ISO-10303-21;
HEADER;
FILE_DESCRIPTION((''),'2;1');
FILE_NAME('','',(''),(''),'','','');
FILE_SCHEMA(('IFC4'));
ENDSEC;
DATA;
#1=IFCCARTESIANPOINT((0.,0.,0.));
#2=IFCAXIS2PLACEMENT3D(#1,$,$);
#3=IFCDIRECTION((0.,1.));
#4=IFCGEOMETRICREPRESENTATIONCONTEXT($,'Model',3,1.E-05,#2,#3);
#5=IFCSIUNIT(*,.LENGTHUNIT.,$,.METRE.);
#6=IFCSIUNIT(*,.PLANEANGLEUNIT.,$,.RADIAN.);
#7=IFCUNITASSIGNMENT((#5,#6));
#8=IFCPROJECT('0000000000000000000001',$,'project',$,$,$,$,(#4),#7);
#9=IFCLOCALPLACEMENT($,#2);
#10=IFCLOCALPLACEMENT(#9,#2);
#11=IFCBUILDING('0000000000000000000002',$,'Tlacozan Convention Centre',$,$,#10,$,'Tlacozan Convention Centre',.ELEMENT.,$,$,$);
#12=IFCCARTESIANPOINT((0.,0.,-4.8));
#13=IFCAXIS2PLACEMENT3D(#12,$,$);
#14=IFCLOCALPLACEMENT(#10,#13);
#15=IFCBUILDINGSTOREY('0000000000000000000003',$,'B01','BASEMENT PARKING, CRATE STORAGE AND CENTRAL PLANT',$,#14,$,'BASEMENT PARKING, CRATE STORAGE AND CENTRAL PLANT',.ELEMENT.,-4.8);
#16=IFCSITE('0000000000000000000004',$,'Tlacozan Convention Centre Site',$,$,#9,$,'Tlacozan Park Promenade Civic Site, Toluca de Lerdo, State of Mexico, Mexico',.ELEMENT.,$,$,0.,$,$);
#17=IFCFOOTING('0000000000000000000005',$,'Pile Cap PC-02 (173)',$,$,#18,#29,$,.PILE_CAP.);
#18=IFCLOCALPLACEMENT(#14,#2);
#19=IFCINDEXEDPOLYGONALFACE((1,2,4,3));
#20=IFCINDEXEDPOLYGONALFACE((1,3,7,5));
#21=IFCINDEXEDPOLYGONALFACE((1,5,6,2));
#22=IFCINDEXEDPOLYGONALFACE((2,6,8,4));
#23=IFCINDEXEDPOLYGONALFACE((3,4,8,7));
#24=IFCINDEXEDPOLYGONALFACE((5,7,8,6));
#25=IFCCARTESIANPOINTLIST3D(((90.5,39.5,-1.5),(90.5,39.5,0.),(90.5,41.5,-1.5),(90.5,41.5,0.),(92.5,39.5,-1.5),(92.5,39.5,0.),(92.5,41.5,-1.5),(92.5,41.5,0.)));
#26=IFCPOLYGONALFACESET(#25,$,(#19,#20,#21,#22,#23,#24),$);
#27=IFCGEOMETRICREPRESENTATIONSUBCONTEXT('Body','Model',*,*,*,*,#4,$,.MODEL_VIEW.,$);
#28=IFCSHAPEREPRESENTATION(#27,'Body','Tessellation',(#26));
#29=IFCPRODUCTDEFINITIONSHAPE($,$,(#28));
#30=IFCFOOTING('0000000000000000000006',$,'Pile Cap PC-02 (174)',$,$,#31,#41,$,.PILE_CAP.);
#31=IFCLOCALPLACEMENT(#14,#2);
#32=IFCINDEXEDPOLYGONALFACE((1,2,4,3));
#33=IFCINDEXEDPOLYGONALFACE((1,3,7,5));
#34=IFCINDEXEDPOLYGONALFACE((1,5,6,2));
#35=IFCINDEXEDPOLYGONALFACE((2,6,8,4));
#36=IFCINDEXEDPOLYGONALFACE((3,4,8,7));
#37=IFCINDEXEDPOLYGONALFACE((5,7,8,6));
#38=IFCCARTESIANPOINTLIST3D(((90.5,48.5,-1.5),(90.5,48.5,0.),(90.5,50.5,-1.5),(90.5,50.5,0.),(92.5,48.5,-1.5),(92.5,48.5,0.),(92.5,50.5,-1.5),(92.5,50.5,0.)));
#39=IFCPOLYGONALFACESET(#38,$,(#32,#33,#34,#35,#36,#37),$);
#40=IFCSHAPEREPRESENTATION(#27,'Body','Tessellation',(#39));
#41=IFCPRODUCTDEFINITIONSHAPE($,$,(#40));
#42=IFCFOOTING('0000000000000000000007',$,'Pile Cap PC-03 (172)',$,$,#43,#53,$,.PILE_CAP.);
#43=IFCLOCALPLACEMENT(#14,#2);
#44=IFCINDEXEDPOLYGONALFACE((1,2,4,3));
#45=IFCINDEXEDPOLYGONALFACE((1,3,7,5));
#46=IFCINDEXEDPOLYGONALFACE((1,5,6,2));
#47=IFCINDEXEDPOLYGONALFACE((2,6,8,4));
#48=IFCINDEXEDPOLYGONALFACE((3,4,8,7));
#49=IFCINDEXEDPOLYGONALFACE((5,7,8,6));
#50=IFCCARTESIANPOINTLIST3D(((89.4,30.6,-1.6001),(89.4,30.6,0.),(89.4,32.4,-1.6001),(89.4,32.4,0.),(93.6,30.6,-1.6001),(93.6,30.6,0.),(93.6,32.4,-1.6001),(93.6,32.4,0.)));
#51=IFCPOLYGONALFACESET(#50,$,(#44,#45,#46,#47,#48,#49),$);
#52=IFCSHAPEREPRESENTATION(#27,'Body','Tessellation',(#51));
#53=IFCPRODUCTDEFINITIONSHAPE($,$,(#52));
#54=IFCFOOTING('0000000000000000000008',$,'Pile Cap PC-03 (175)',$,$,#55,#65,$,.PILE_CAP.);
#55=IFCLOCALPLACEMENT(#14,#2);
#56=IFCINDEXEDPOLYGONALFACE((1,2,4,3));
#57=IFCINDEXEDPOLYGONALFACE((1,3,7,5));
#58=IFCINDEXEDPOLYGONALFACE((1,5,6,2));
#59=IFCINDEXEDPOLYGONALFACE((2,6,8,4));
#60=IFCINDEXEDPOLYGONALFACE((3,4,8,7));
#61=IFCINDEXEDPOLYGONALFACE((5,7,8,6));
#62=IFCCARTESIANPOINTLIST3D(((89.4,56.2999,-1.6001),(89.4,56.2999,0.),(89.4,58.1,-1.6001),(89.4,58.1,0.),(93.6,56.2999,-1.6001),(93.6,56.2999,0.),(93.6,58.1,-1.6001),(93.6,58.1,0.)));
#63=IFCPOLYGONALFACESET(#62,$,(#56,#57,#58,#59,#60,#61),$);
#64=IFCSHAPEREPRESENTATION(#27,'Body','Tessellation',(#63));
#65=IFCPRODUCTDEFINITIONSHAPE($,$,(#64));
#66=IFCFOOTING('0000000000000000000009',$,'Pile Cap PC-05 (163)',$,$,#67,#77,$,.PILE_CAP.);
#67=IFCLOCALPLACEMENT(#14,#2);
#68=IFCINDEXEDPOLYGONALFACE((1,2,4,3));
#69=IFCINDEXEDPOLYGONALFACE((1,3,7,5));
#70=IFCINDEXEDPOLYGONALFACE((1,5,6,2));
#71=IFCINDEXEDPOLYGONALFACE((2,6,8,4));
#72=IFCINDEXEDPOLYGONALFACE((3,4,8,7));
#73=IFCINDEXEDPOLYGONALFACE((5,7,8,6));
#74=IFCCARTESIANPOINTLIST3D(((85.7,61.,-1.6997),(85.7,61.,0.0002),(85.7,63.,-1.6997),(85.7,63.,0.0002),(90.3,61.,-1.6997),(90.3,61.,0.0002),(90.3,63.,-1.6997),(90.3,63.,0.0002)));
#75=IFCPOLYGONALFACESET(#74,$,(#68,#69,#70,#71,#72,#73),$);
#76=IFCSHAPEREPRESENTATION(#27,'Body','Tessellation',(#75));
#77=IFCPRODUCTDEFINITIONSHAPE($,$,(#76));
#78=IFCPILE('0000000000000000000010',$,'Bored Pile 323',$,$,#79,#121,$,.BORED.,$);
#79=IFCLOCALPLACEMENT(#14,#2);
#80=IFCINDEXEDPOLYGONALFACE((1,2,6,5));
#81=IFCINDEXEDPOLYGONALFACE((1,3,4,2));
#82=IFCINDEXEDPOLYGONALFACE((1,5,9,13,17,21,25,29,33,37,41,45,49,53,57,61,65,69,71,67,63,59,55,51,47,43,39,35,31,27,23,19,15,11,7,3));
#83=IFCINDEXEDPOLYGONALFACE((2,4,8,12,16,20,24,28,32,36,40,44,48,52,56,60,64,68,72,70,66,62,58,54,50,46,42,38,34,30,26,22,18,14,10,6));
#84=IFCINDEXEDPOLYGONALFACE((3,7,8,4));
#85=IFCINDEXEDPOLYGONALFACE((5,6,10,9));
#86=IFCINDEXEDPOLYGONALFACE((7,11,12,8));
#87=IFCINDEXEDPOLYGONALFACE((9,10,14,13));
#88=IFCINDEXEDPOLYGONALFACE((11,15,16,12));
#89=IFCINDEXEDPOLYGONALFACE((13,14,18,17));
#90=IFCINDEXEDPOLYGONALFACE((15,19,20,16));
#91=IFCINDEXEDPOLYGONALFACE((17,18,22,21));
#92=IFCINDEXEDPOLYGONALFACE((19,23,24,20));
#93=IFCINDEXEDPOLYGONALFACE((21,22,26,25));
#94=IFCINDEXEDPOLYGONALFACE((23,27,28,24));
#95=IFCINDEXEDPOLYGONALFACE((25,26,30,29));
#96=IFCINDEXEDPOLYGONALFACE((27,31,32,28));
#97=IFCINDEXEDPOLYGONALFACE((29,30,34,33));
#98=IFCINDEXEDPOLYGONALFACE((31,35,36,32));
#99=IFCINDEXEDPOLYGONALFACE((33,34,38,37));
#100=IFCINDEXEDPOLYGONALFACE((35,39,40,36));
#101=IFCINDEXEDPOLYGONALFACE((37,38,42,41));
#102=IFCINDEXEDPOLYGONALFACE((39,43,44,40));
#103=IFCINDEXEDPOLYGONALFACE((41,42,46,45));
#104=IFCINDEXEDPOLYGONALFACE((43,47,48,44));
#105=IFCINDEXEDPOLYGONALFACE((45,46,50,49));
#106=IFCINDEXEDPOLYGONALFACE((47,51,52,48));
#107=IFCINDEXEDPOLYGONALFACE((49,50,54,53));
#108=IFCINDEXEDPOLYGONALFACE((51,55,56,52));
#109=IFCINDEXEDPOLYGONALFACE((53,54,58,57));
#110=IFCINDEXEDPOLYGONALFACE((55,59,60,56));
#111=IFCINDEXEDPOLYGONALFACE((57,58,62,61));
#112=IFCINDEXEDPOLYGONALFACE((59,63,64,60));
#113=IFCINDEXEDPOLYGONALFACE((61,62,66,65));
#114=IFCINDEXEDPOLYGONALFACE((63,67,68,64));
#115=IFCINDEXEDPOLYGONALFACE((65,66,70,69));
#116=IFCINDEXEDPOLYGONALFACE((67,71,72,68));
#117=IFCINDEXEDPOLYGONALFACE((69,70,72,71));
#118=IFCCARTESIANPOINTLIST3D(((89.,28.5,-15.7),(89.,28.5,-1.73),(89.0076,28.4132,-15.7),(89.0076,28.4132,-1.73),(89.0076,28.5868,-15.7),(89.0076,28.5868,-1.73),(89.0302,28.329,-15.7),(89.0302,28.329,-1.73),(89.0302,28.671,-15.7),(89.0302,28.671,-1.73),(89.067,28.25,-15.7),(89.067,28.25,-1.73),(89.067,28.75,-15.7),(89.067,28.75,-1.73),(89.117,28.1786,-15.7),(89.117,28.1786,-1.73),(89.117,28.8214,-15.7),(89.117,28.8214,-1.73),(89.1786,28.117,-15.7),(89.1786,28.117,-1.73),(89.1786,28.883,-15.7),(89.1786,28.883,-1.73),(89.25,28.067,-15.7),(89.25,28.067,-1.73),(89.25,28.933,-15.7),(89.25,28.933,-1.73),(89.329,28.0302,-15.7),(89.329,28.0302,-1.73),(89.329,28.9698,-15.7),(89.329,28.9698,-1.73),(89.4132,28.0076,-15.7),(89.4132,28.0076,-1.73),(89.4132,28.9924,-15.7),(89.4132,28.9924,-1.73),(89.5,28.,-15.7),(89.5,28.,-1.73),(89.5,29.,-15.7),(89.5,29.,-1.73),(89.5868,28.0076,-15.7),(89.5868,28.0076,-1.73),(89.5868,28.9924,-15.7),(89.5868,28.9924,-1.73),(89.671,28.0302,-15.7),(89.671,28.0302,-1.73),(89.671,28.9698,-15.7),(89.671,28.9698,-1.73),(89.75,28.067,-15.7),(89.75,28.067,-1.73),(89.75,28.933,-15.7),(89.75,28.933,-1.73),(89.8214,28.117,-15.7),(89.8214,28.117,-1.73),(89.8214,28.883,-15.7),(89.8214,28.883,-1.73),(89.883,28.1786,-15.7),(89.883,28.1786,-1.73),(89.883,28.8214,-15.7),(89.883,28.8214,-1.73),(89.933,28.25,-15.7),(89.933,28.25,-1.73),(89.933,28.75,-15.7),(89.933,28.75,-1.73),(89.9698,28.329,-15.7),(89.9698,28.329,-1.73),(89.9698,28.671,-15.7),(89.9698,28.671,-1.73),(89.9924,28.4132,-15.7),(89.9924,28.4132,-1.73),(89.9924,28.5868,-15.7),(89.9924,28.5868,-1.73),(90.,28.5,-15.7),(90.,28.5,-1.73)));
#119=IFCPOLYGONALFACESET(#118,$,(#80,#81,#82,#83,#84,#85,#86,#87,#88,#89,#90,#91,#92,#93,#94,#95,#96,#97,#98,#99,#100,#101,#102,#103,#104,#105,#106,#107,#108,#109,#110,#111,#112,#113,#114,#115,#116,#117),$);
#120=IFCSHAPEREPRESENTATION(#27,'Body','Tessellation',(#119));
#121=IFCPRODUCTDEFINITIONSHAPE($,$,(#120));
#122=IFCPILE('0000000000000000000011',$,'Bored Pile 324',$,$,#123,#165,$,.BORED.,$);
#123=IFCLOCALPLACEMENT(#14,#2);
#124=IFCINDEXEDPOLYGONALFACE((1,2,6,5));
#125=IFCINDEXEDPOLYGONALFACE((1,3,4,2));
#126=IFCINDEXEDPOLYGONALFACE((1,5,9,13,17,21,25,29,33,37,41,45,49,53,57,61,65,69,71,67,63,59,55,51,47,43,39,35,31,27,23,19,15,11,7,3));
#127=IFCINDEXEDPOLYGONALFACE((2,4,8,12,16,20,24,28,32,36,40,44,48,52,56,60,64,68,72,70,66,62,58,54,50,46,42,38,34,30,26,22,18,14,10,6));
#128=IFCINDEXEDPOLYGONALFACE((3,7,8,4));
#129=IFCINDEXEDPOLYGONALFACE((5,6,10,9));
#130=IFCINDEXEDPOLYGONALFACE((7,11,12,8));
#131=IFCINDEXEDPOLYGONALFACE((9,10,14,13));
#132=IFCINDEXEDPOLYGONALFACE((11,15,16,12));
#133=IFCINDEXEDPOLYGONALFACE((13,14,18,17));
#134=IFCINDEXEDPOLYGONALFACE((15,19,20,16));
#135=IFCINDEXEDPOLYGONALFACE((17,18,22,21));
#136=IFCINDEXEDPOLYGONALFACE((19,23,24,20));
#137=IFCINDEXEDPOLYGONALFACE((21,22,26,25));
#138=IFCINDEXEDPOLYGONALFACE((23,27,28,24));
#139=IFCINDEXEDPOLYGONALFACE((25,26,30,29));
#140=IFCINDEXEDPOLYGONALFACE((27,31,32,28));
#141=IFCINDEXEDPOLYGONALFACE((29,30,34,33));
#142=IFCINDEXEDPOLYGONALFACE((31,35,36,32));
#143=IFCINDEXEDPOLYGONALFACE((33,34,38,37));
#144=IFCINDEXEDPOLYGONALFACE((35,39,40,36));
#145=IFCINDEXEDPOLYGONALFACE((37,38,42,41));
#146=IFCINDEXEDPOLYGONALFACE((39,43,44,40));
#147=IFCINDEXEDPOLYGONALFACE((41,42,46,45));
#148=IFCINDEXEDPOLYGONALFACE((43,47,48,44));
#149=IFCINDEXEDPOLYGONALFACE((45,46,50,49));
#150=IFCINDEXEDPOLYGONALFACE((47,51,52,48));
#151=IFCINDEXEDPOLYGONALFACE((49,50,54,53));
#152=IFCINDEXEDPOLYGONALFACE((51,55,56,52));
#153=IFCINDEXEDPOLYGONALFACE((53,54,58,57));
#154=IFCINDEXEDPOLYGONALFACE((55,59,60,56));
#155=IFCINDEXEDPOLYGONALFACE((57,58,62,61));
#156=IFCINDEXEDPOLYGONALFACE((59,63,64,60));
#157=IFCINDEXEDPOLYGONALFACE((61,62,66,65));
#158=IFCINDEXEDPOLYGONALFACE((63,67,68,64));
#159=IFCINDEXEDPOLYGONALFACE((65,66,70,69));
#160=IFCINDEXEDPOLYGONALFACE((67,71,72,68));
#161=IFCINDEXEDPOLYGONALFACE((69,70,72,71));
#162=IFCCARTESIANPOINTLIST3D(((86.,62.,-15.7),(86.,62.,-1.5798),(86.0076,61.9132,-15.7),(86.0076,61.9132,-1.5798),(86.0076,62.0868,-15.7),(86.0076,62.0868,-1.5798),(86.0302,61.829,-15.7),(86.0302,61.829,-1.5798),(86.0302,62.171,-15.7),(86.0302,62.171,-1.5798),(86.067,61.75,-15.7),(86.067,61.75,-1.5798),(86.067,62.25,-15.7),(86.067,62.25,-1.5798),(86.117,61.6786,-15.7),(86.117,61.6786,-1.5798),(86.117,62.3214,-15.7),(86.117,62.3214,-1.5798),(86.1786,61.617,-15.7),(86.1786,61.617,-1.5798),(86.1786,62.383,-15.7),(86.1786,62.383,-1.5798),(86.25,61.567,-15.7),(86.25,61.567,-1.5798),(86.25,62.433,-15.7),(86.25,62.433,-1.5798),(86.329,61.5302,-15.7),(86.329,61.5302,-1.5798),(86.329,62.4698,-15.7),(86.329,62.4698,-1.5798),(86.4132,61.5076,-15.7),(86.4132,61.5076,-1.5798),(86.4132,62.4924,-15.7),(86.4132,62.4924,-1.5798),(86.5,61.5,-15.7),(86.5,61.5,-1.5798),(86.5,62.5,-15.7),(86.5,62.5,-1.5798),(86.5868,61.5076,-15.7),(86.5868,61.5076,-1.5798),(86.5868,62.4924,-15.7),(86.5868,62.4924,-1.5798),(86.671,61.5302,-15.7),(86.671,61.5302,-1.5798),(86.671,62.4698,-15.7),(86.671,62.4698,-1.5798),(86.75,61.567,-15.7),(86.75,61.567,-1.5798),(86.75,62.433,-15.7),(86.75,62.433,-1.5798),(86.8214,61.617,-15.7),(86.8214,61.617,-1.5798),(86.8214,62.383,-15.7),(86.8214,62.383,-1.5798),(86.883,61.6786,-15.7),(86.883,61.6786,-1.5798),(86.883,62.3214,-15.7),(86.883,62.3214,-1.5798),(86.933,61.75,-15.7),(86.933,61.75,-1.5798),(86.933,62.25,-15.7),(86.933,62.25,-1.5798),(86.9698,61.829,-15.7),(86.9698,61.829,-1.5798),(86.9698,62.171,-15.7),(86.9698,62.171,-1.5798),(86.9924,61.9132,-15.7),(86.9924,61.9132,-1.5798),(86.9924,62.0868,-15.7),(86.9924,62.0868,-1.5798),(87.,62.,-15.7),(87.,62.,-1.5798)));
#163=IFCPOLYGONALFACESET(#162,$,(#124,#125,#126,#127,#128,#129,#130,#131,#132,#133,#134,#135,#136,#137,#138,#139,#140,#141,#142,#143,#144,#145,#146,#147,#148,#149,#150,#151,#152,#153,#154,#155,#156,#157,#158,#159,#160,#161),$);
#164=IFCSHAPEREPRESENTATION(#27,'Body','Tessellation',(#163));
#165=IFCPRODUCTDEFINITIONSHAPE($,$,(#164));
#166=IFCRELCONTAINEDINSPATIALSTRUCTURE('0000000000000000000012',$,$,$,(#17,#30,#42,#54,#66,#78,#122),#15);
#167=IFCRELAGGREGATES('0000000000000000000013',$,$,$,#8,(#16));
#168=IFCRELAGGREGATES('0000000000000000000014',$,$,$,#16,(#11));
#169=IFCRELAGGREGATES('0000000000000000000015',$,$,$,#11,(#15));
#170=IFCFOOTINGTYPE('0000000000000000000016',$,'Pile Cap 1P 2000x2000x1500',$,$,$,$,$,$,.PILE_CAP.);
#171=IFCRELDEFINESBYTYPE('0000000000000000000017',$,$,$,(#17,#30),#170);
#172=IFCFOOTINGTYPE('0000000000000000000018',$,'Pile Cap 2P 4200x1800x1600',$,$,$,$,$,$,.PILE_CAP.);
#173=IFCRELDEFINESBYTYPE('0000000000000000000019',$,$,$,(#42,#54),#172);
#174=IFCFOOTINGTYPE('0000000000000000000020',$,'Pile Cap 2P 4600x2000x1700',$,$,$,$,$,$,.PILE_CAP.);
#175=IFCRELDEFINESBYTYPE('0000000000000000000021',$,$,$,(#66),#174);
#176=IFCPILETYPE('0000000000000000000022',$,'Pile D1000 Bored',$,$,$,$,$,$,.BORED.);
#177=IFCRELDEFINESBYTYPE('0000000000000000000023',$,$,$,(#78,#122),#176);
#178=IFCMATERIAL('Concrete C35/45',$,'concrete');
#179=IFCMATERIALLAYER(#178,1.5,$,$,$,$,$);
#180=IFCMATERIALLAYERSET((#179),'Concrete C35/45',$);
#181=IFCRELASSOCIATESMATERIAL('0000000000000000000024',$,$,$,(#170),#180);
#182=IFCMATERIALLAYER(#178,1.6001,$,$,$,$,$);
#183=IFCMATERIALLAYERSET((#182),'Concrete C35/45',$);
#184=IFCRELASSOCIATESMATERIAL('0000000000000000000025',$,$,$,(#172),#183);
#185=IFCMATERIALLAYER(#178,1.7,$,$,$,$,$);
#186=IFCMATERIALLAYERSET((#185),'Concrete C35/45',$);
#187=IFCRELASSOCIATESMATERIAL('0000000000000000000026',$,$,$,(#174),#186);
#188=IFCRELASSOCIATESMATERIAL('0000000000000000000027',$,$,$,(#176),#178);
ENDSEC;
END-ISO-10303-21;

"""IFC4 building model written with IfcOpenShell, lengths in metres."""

from ifc_helpers import new_model, si_unit, direction, frame, origin, origin_2d, place, context, subcontext, project, spatial, rectangle, circle, extrude, material, layer, layer_set, material_profile, profile_set, type_object, element, save


model = new_model("IFC4")

# Units and contexts
model_context = context("Model", 3, precision=1e-05, world=origin(), true_north=direction((0.0, 1.0)))
body_context = subcontext(model_context, "Body", "Model", "MODEL_VIEW")
ifc_project = project(units=[si_unit("LENGTHUNIT", "METRE"), si_unit("PLANEANGLEUNIT", "RADIAN")], contexts=[model_context])

# Site, building, storey
site_placement = place(None, origin())
site = spatial("IfcSite", under=ifc_project, at=site_placement, Name="Tlacozan Convention Centre Site", LongName="Tlacozan Park Promenade Civic Site, Toluca de Lerdo, State of Mexico, Mexico", CompositionType="ELEMENT", RefElevation=0.0)
building_placement = place(site_placement, origin())
building = spatial("IfcBuilding", under=site, at=building_placement, Name="Tlacozan Convention Centre", LongName="Tlacozan Convention Centre", CompositionType="ELEMENT")
storey_placement = place(building_placement, frame((0.0, 0.0, -4.8)))
storey = spatial("IfcBuildingStorey", under=building, at=storey_placement, Name="B01", Description="BASEMENT PARKING, CRATE STORAGE AND CENTRAL PLANT", LongName="BASEMENT PARKING, CRATE STORAGE AND CENTRAL PLANT", CompositionType="ELEMENT", Elevation=-4.8)

# Footings
ifc_material_1 = material(Name="Concrete C35/45", Category="concrete")
ifc_layer_1 = layer(ifc_material_1, 1.5)
ifc_layer_set_1 = layer_set([ifc_layer_1], Name="Concrete C35/45")
footing_type_1 = type_object("IfcFootingType", Name="Pile Cap 1P 2000x2000x1500", PredefinedType="PILE_CAP", material=ifc_layer_set_1)
for number, where, z_axis, x_axis, name in (
    (1, (91.5, 40.5, -1.5), (0.0, 0.0, 1.0), (1.0, 0.0, 0.0), "Pile Cap PC-02 (173)"),
    (2, (91.5, 49.5, -1.5), (0.0, 0.0, 1.0), (1.0, 0.0, 0.0), "Pile Cap PC-02 (174)"),
):
    element("IfcFooting", number, at=place(storey_placement, frame(where, z_axis=z_axis, x_axis=x_axis)), inside=storey, type_object=footing_type_1, Name=name, PredefinedType="PILE_CAP", context=body_context, shape_type="SweptSolid", body=[
        extrude(rectangle(XDim=2.0, YDim=2.0, at=origin_2d()), origin(), (0.0, 0.0, 1.0), 1.5),
    ])
ifc_layer_2 = layer(ifc_material_1, 1.6001)
ifc_layer_set_2 = layer_set([ifc_layer_2], Name="Concrete C35/45")
footing_type_2 = type_object("IfcFootingType", Name="Pile Cap 2P 4200x1800x1600", PredefinedType="PILE_CAP", material=ifc_layer_set_2)
for number, where, z_axis, x_axis, name in (
    (3, (91.5, 31.5, -1.6001), (0.0, 0.0, 1.0), (1.0, 0.0, 0.0), "Pile Cap PC-03 (172)"),
    (4, (91.5, 57.2, -1.6001), (0.0, 0.0, 1.0), (1.0, 0.0, 0.0), "Pile Cap PC-03 (175)"),
):
    element("IfcFooting", number, at=place(storey_placement, frame(where, z_axis=z_axis, x_axis=x_axis)), inside=storey, type_object=footing_type_2, Name=name, PredefinedType="PILE_CAP", context=body_context, shape_type="SweptSolid", body=[
        extrude(rectangle(XDim=4.2, YDim=1.8, at=origin_2d()), origin(), (0.0, 0.0, 1.0), 1.6001),
    ])
ifc_layer_3 = layer(ifc_material_1, 1.7)
ifc_layer_set_3 = layer_set([ifc_layer_3], Name="Concrete C35/45")
footing_type_3 = type_object("IfcFootingType", Name="Pile Cap 2P 4600x2000x1700", PredefinedType="PILE_CAP", material=ifc_layer_set_3)
footing_placement = place(storey_placement, frame((88.0, 62.0, -1.6997), z_axis=(0.0, 0.0, 1.0), x_axis=(1.0, 0.0, 0.0)))
element("IfcFooting", 5, at=footing_placement, inside=storey, type_object=footing_type_3, Name="Pile Cap PC-05 (163)", PredefinedType="PILE_CAP", context=body_context, shape_type="SweptSolid", body=[
    extrude(rectangle(XDim=4.6001, YDim=2.0, at=origin_2d()), origin(), (0.0, 0.0, 1.0), 1.7),
])

# Piles
ifc_material_profile_1 = material_profile(ifc_material_1, circle(Radius=0.5, at=origin_2d()), Name="PILE D1000")
ifc_profile_set_1 = profile_set([ifc_material_profile_1], Name="Concrete C35/45")
pile_type_1 = type_object("IfcPileType", Name="Pile D1000 Bored", PredefinedType="BORED", material=ifc_profile_set_1)
pile_1_placement = place(storey_placement, frame((89.5, 28.5, -1.73), z_axis=(0.0, 0.0, -1.0), x_axis=(1.0, 0.0, 0.0)))
element("IfcPile", 6, at=pile_1_placement, inside=storey, type_object=pile_type_1, Name="Bored Pile 323", PredefinedType="BORED", context=body_context, shape_type="SweptSolid", body=[
    extrude(circle(Radius=0.5, at=origin_2d()), origin(), (0.0, 0.0, 1.0), 13.97),
])
pile_2_placement = place(storey_placement, frame((86.5, 62.0, -1.5798), z_axis=(0.0, 0.0, -1.0), x_axis=(1.0, 0.0, 0.0)))
element("IfcPile", 7, at=pile_2_placement, inside=storey, type_object=pile_type_1, Name="Bored Pile 324", PredefinedType="BORED", context=body_context, shape_type="SweptSolid", body=[
    extrude(circle(Radius=0.5, at=origin_2d()), origin(), (0.0, 0.0, 1.0), 14.1201),
])

save(model, "model.ifc")
